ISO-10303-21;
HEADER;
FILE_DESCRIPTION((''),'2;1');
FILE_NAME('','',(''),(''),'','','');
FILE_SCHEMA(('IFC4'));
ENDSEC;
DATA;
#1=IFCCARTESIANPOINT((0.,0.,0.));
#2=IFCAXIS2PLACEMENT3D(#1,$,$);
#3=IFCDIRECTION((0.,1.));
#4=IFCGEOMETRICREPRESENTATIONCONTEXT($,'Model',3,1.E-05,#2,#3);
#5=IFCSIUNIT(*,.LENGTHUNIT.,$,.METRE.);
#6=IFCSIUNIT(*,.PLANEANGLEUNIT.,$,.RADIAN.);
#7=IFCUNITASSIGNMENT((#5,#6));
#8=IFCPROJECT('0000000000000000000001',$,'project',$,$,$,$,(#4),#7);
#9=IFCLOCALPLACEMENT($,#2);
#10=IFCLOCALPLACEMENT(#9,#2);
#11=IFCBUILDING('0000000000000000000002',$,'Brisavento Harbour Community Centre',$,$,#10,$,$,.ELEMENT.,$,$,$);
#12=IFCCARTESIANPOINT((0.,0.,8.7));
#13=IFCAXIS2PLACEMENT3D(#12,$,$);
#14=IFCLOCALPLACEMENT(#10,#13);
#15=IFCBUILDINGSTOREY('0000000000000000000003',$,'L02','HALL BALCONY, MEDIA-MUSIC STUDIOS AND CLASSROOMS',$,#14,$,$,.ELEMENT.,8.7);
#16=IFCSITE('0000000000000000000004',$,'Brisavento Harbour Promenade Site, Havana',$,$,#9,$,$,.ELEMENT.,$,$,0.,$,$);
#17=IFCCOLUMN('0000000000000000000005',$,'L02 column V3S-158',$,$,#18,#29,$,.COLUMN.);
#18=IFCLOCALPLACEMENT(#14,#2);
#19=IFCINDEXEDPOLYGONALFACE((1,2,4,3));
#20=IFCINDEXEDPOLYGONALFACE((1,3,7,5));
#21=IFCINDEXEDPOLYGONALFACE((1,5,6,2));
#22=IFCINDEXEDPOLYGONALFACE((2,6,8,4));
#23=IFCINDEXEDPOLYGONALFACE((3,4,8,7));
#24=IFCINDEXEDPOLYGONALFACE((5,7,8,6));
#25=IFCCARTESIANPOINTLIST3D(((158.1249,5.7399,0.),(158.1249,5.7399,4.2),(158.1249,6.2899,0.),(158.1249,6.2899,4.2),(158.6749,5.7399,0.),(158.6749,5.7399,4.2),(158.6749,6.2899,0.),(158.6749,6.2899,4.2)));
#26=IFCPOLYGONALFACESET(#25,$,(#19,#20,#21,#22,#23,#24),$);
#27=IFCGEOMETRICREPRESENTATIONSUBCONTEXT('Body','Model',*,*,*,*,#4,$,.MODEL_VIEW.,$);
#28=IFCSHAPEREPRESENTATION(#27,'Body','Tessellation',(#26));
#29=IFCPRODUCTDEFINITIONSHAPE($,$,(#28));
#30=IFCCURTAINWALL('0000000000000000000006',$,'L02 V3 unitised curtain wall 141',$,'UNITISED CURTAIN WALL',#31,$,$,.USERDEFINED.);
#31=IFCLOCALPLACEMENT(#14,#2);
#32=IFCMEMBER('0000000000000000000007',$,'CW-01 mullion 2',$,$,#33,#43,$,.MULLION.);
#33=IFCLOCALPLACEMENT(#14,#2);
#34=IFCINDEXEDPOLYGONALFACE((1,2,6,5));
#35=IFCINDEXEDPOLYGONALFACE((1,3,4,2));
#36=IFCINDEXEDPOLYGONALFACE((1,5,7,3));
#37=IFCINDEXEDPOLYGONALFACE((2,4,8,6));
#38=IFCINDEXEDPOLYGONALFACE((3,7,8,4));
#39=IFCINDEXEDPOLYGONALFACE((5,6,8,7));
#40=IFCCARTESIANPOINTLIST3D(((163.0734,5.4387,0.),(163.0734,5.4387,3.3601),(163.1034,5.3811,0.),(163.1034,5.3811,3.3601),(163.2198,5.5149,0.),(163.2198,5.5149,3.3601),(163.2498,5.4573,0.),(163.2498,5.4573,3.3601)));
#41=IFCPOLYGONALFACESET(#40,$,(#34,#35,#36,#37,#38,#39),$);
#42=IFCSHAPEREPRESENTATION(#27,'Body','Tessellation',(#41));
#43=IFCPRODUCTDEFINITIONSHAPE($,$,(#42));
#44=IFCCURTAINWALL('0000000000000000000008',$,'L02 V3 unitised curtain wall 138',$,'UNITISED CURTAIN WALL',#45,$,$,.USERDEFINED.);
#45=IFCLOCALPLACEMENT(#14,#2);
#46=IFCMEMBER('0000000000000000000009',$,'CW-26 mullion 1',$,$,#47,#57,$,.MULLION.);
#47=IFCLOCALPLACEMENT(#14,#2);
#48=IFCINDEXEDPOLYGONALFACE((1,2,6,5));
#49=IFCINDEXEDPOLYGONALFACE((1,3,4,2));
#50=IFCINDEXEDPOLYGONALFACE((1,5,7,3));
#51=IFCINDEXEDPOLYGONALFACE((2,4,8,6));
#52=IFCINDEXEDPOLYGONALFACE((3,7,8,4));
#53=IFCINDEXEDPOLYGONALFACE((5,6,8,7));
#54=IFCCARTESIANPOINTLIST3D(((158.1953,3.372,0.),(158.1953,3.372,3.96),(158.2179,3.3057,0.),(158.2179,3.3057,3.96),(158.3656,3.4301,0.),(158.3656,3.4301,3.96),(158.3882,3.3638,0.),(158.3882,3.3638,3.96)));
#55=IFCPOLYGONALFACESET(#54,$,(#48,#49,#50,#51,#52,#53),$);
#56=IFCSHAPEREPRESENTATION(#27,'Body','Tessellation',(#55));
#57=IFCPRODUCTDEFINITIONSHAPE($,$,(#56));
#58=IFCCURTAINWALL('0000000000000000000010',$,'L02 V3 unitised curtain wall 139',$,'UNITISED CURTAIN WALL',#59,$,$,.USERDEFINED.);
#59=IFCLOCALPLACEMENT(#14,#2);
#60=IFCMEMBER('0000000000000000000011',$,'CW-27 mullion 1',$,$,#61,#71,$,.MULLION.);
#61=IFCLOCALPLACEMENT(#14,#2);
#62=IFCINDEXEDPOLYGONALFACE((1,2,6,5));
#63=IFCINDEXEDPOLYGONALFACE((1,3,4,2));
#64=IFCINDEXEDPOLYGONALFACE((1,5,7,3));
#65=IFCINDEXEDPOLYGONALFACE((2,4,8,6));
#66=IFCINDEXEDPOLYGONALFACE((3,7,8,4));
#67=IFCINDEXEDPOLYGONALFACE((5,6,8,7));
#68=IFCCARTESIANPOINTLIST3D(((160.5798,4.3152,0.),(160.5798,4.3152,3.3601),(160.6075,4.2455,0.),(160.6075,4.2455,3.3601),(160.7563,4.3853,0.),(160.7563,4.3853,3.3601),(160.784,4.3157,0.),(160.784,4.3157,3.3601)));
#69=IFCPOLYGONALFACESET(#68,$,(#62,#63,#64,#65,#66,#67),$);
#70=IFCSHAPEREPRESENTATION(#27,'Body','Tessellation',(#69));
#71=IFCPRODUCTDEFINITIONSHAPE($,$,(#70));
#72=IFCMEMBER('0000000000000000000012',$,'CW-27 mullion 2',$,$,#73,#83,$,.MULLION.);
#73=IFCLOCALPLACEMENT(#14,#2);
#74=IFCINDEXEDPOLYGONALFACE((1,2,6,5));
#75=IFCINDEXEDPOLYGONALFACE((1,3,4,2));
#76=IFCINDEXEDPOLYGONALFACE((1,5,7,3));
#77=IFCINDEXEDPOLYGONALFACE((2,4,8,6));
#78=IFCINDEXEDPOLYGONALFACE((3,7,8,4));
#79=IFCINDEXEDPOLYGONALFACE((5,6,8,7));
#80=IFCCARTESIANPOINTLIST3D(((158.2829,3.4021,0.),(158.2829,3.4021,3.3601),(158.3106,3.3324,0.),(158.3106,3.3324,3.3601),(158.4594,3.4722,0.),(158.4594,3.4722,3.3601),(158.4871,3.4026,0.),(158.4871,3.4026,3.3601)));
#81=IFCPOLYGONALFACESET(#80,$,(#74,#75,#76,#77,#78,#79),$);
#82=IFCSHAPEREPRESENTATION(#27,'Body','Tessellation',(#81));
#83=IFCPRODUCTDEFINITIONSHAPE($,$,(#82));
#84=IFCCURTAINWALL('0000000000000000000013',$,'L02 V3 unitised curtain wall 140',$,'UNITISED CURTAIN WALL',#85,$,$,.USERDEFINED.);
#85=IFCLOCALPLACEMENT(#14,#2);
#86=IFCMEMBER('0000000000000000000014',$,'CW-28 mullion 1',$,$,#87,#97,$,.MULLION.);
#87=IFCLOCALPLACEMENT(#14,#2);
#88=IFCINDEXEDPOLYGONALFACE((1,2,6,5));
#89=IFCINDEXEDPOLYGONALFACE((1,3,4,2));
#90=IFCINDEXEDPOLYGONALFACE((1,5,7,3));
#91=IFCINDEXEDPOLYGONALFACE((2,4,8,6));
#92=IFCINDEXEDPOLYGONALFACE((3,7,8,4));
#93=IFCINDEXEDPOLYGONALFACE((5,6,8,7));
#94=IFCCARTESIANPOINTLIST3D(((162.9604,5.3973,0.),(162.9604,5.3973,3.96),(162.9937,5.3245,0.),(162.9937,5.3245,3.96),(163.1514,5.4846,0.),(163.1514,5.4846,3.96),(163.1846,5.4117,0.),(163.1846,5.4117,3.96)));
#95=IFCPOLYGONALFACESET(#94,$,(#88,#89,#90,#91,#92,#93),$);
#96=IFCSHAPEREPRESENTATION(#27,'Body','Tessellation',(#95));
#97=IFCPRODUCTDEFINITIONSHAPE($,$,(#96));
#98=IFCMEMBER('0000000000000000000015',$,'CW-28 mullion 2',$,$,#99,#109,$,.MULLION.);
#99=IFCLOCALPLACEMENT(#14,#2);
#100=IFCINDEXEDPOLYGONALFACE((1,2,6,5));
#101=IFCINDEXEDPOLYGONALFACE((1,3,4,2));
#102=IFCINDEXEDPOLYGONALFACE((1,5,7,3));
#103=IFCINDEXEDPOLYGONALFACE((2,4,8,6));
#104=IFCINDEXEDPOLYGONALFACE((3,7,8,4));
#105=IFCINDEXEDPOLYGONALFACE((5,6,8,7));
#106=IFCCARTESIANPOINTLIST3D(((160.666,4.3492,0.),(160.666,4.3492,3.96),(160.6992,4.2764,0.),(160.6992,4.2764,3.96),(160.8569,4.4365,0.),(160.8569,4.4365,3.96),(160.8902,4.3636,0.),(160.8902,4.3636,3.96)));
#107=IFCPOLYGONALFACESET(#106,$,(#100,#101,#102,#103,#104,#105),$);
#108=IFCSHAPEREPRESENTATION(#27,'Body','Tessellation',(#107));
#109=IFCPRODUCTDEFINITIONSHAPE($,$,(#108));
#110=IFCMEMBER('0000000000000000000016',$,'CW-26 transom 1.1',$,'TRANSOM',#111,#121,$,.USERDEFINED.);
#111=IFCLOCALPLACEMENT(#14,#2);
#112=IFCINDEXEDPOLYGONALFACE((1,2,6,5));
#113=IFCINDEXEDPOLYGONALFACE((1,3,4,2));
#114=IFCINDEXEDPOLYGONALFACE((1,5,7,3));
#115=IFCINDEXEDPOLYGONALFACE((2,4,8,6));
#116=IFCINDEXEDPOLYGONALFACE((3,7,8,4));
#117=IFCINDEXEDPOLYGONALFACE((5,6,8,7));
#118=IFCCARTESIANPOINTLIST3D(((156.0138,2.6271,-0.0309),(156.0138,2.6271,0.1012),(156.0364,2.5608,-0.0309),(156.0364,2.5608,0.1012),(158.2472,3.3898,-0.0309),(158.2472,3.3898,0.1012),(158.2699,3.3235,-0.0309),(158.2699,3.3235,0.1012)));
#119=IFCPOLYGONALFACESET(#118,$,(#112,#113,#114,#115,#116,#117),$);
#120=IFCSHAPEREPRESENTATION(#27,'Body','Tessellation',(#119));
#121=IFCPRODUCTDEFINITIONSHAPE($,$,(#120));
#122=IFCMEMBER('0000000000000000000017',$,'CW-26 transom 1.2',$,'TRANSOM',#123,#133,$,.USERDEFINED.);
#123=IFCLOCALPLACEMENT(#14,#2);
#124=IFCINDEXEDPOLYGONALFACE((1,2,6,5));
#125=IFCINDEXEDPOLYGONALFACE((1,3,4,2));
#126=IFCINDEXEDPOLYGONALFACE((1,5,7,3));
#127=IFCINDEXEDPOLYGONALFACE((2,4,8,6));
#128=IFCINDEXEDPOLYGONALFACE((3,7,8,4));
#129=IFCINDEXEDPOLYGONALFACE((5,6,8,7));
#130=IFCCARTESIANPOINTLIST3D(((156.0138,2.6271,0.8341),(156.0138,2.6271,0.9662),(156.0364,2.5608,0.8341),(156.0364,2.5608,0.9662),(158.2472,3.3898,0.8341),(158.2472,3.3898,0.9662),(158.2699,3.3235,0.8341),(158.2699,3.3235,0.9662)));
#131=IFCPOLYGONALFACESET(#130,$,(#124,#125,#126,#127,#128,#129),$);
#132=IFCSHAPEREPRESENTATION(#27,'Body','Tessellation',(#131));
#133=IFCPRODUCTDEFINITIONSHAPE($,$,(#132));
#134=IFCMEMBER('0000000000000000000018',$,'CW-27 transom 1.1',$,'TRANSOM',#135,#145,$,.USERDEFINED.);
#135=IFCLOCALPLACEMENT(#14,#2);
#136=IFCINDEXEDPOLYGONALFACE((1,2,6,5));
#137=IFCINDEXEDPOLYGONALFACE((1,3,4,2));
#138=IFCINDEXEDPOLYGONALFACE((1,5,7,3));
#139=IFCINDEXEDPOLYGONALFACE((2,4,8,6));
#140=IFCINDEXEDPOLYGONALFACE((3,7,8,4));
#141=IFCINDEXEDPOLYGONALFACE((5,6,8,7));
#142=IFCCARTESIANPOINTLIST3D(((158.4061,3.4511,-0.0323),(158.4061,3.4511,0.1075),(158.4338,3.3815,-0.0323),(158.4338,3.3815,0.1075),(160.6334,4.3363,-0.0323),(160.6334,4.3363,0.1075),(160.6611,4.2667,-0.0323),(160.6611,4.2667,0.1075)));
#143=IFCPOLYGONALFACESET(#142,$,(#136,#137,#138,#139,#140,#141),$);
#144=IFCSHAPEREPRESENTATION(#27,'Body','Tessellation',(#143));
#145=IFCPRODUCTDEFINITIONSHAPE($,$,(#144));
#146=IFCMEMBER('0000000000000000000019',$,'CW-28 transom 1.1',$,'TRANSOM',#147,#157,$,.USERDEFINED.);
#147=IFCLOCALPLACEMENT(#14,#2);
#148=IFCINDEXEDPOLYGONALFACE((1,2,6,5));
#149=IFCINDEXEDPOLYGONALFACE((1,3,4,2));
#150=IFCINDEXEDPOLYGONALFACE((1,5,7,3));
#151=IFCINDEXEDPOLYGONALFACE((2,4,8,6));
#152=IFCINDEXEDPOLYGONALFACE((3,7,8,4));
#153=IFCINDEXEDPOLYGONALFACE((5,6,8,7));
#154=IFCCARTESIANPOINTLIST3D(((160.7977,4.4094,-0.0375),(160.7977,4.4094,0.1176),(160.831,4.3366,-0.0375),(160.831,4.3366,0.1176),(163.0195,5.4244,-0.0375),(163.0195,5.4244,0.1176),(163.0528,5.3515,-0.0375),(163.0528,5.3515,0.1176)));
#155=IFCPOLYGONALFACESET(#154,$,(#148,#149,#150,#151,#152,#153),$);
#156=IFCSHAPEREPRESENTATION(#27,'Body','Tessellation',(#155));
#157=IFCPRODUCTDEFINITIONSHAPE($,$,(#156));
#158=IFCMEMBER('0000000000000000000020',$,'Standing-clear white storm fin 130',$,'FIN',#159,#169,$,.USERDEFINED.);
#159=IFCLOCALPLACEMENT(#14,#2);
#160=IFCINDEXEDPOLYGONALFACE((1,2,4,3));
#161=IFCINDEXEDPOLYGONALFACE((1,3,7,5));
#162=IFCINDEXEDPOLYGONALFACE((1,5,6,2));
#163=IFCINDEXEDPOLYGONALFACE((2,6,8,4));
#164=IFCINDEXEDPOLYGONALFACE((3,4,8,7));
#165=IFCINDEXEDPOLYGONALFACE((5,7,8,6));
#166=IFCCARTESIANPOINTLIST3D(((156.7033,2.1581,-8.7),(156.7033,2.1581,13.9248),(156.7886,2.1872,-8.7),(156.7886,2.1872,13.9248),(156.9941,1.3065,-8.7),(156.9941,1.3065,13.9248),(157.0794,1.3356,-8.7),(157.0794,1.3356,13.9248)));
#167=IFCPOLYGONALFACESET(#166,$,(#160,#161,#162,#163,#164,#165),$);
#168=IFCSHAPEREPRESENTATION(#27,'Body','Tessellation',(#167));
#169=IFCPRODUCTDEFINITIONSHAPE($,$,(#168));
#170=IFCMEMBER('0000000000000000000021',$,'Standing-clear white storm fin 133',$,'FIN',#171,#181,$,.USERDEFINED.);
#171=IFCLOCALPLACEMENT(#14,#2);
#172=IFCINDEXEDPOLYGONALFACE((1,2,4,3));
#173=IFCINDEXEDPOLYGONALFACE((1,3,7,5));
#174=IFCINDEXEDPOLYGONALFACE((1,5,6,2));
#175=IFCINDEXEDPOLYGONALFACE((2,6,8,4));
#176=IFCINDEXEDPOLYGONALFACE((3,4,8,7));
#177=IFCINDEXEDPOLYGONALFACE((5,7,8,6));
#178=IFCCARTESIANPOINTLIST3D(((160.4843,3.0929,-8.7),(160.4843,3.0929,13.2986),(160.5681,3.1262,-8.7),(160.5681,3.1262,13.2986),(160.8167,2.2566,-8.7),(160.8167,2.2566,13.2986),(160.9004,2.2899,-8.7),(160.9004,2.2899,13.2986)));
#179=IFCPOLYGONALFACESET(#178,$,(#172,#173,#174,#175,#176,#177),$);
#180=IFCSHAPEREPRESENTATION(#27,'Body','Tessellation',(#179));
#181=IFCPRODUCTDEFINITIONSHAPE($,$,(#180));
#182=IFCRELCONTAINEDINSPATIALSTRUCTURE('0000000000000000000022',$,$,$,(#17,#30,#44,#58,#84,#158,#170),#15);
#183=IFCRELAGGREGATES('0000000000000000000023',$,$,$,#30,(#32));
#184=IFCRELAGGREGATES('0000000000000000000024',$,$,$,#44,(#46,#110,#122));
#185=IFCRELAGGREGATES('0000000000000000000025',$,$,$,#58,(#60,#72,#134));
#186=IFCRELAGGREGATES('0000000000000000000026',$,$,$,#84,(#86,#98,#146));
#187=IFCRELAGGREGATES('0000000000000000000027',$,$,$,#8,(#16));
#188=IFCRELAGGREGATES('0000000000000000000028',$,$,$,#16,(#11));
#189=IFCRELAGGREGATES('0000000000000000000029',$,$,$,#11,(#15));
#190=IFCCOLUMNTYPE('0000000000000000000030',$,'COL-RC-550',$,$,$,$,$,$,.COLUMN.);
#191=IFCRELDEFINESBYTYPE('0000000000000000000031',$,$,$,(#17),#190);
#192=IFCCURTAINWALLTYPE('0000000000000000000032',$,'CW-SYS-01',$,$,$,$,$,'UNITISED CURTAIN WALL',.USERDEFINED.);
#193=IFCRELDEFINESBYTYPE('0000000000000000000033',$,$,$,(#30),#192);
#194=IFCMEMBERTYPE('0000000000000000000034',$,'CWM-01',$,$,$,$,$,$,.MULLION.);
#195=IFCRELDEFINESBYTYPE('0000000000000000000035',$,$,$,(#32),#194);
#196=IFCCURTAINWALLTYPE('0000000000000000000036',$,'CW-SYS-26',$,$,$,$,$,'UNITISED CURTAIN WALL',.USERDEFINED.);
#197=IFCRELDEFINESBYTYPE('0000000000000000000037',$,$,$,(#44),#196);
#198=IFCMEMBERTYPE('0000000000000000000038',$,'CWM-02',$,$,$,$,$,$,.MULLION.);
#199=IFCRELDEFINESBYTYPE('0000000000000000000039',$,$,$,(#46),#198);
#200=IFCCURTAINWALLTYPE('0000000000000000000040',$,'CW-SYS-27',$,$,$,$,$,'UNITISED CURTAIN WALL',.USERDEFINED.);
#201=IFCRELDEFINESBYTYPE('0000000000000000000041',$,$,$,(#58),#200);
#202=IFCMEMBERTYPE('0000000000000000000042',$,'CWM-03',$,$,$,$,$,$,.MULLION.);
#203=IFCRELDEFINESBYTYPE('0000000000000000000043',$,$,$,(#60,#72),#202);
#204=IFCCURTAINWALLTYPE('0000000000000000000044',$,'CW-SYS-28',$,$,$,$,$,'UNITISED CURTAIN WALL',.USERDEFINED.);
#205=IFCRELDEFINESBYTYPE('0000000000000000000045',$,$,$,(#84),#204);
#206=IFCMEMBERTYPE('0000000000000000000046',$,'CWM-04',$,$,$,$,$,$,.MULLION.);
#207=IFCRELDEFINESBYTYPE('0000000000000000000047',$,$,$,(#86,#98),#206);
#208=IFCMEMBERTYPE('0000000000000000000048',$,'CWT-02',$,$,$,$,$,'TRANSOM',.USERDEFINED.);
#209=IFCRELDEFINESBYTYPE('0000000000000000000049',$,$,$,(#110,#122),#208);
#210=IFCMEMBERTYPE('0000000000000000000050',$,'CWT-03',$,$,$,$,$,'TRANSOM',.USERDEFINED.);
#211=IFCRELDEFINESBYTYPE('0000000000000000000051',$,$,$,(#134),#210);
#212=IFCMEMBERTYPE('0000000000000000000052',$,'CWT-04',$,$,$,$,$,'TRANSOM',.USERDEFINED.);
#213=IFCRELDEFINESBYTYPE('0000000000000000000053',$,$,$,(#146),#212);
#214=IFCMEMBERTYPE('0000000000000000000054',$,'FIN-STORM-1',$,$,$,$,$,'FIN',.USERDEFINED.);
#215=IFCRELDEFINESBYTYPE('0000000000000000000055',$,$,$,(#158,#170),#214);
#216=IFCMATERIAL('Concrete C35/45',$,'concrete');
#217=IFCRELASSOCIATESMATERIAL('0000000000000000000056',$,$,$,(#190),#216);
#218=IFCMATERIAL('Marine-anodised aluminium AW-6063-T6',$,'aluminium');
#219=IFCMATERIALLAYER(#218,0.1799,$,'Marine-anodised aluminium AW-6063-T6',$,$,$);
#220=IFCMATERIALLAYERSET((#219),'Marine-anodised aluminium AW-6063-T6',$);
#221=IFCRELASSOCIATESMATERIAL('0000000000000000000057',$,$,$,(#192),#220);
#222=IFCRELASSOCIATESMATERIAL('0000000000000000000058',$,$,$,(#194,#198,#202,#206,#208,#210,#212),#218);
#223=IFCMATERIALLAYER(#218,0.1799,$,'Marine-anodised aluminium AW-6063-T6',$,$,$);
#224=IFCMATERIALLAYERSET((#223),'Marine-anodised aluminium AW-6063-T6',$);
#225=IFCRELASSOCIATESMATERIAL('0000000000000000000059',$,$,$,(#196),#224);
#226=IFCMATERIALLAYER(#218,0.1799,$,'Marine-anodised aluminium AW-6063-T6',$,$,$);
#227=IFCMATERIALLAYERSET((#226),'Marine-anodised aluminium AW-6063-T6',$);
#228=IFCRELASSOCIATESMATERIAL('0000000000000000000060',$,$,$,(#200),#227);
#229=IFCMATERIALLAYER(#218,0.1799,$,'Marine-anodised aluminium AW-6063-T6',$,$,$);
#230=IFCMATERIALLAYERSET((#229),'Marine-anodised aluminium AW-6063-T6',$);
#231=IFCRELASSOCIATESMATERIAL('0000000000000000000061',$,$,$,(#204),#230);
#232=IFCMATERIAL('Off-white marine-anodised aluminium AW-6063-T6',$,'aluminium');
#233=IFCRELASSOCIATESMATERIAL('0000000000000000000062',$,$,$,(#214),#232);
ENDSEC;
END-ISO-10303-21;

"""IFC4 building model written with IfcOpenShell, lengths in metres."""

from ifc_helpers import new_model, si_unit, direction, frame, origin, origin_2d, place, context, subcontext, project, spatial, rectangle, extrude, material, layer, layer_set, material_profile, profile_set, type_object, element, aggregate, save


model = new_model("IFC4")

# Units and contexts
model_context = context("Model", 3, precision=1e-05, world=origin(), true_north=direction((0.0, 1.0)))
body_context = subcontext(model_context, "Body", "Model", "MODEL_VIEW")
ifc_project = project(units=[si_unit("LENGTHUNIT", "METRE"), si_unit("PLANEANGLEUNIT", "RADIAN")], contexts=[model_context])

# Site, building, storey
site_placement = place(None, origin())
site = spatial("IfcSite", under=ifc_project, at=site_placement, Name="Brisavento Harbour Promenade Site, Havana", CompositionType="ELEMENT", RefElevation=0.0)
building_placement = place(site_placement, origin())
building = spatial("IfcBuilding", under=site, at=building_placement, Name="Brisavento Harbour Community Centre", CompositionType="ELEMENT")
storey_placement = place(building_placement, frame((0.0, 0.0, 8.7)))
storey = spatial("IfcBuildingStorey", under=building, at=storey_placement, Name="L02", Description="HALL BALCONY, MEDIA-MUSIC STUDIOS AND CLASSROOMS", CompositionType="ELEMENT", Elevation=8.7)

# Column
ifc_material_1 = material(Name="Concrete C35/45", Category="concrete")
ifc_material_profile_1 = material_profile(ifc_material_1, rectangle(XDim=0.55, YDim=0.55, at=origin_2d()), Name="Concrete C35/45")
ifc_profile_set_1 = profile_set([ifc_material_profile_1], Name="Concrete C35/45")
column_type = type_object("IfcColumnType", Name="COL-RC-550", PredefinedType="COLUMN", material=ifc_profile_set_1)
column_placement = place(storey_placement, frame((158.3999, 6.0149, 0.0), z_axis=(0.0, 0.0, 1.0), x_axis=(1.0, 0.0, 0.0)))
element("IfcColumn", 1, at=column_placement, inside=storey, type_object=column_type, Name="L02 column V3S-158", PredefinedType="COLUMN", context=body_context, shape_type="SweptSolid", body=[
    extrude(rectangle(XDim=0.55, YDim=0.55, at=origin_2d()), origin(), (0.0, 0.0, 1.0), 4.2),
])

# Curtain walls, members
ifc_material_2 = material(Name="Marine-anodised aluminium AW-6063-T6", Category="aluminium")
ifc_layer_1 = layer(ifc_material_2, 0.1799, Name="Marine-anodised aluminium AW-6063-T6")
ifc_layer_set_1 = layer_set([ifc_layer_1], Name="Marine-anodised aluminium AW-6063-T6")
curtain_wall_type_1 = type_object("IfcCurtainWallType", Name="CW-SYS-01", ElementType="UNITISED CURTAIN WALL", PredefinedType="USERDEFINED", material=ifc_layer_set_1)
curtain_wall_1_placement = place(storey_placement, origin())
curtain_wall_1 = element("IfcCurtainWall", 2, at=curtain_wall_1_placement, inside=storey, type_object=curtain_wall_type_1, Name="L02 V3 unitised curtain wall 141", ObjectType="UNITISED CURTAIN WALL", PredefinedType="USERDEFINED")
ifc_material_profile_2 = material_profile(ifc_material_2, rectangle(XDim=0.0649, YDim=0.165, at=origin_2d()), Name="Marine-anodised aluminium AW-6063-T6")
ifc_profile_set_2 = profile_set([ifc_material_profile_2], Name="Marine-anodised aluminium AW-6063-T6")
member_type_1 = type_object("IfcMemberType", Name="CWM-01", PredefinedType="MULLION", material=ifc_profile_set_2)
member_1_placement = place(storey_placement, frame((163.1616, 5.448, 0.0), z_axis=(0.0, 0.0, 1.0), x_axis=(0.461718, -0.887027, 0.0)))
member_1 = element("IfcMember", 3, at=member_1_placement, type_object=member_type_1, Name="CW-01 mullion 2", PredefinedType="MULLION", context=body_context, shape_type="SweptSolid", body=[
    extrude(rectangle(XDim=0.0649, YDim=0.165, at=origin_2d()), origin(), (0.0, 0.0, 1.0), 3.3601),
])
ifc_layer_2 = layer(ifc_material_2, 0.1799, Name="Marine-anodised aluminium AW-6063-T6")
ifc_layer_set_2 = layer_set([ifc_layer_2], Name="Marine-anodised aluminium AW-6063-T6")
curtain_wall_type_2 = type_object("IfcCurtainWallType", Name="CW-SYS-26", ElementType="UNITISED CURTAIN WALL", PredefinedType="USERDEFINED", material=ifc_layer_set_2)
curtain_wall_2_placement = place(storey_placement, origin())
curtain_wall_2 = element("IfcCurtainWall", 4, at=curtain_wall_2_placement, inside=storey, type_object=curtain_wall_type_2, Name="L02 V3 unitised curtain wall 138", ObjectType="UNITISED CURTAIN WALL", PredefinedType="USERDEFINED")
ifc_material_profile_3 = material_profile(ifc_material_2, rectangle(XDim=0.0701, YDim=0.1799, at=origin_2d()), Name="Marine-anodised aluminium AW-6063-T6")
ifc_profile_set_3 = profile_set([ifc_material_profile_3], Name="Marine-anodised aluminium AW-6063-T6")
member_type_2 = type_object("IfcMemberType", Name="CWM-02", PredefinedType="MULLION", material=ifc_profile_set_3)
member_2_placement = place(storey_placement, frame((158.2917, 3.3679, 0.0), z_axis=(0.0, 0.0, 1.0), x_axis=(0.323179, -0.946338, 0.0)))
member_2 = element("IfcMember", 5, at=member_2_placement, type_object=member_type_2, Name="CW-26 mullion 1", PredefinedType="MULLION", context=body_context, shape_type="SweptSolid", body=[
    extrude(rectangle(XDim=0.0701, YDim=0.1799, at=origin_2d()), origin(), (0.0, 0.0, 1.0), 3.96),
])

# Curtain walls, members
ifc_layer_3 = layer(ifc_material_2, 0.1799, Name="Marine-anodised aluminium AW-6063-T6")
ifc_layer_set_3 = layer_set([ifc_layer_3], Name="Marine-anodised aluminium AW-6063-T6")
curtain_wall_type_3 = type_object("IfcCurtainWallType", Name="CW-SYS-27", ElementType="UNITISED CURTAIN WALL", PredefinedType="USERDEFINED", material=ifc_layer_set_3)
curtain_wall_3_placement = place(storey_placement, origin())
curtain_wall_3 = element("IfcCurtainWall", 6, at=curtain_wall_3_placement, inside=storey, type_object=curtain_wall_type_3, Name="L02 V3 unitised curtain wall 139", ObjectType="UNITISED CURTAIN WALL", PredefinedType="USERDEFINED")
ifc_material_profile_4 = material_profile(ifc_material_2, rectangle(XDim=0.075, YDim=0.1899, at=origin_2d()), Name="Marine-anodised aluminium AW-6063-T6")
ifc_profile_set_4 = profile_set([ifc_material_profile_4], Name="Marine-anodised aluminium AW-6063-T6")
member_type_3 = type_object("IfcMemberType", Name="CWM-03", PredefinedType="MULLION", material=ifc_profile_set_4)
member_3_placement = place(storey_placement, frame((160.6819, 4.3154, 0.0), z_axis=(0.0, 0.0, 1.0), x_axis=(0.369379, -0.929279, 0.0)))
member_3 = element("IfcMember", 7, at=member_3_placement, type_object=member_type_3, Name="CW-27 mullion 1", PredefinedType="MULLION", context=body_context, shape_type="SweptSolid", body=[
    extrude(rectangle(XDim=0.075, YDim=0.1899, at=origin_2d()), origin(), (0.0, 0.0, 1.0), 3.3601),
])
member_4_placement = place(storey_placement, frame((158.385, 3.4023, 0.0), z_axis=(0.0, 0.0, 1.0), x_axis=(0.369379, -0.929279, 0.0)))
member_4 = element("IfcMember", 8, at=member_4_placement, type_object=member_type_3, Name="CW-27 mullion 2", PredefinedType="MULLION", context=body_context, shape_type="SweptSolid", body=[
    extrude(rectangle(XDim=0.075, YDim=0.1899, at=origin_2d()), origin(), (0.0, 0.0, 1.0), 3.3601),
])
ifc_layer_4 = layer(ifc_material_2, 0.1799, Name="Marine-anodised aluminium AW-6063-T6")
ifc_layer_set_4 = layer_set([ifc_layer_4], Name="Marine-anodised aluminium AW-6063-T6")
curtain_wall_type_4 = type_object("IfcCurtainWallType", Name="CW-SYS-28", ElementType="UNITISED CURTAIN WALL", PredefinedType="USERDEFINED", material=ifc_layer_set_4)
curtain_wall_4_placement = place(storey_placement, origin())
curtain_wall_4 = element("IfcCurtainWall", 9, at=curtain_wall_4_placement, inside=storey, type_object=curtain_wall_type_4, Name="L02 V3 unitised curtain wall 140", ObjectType="UNITISED CURTAIN WALL", PredefinedType="USERDEFINED")
ifc_material_profile_5 = material_profile(ifc_material_2, rectangle(XDim=0.0801, YDim=0.21, at=origin_2d()), Name="Marine-anodised aluminium AW-6063-T6")
ifc_profile_set_5 = profile_set([ifc_material_profile_5], Name="Marine-anodised aluminium AW-6063-T6")
member_type_4 = type_object("IfcMemberType", Name="CWM-04", PredefinedType="MULLION", material=ifc_profile_set_5)
member_5_placement = place(storey_placement, frame((163.0725, 5.4045, 0.0), z_axis=(0.0, 0.0, 1.0), x_axis=(0.41549, -0.909598, 0.0)))
member_5 = element("IfcMember", 10, at=member_5_placement, type_object=member_type_4, Name="CW-28 mullion 1", PredefinedType="MULLION", context=body_context, shape_type="SweptSolid", body=[
    extrude(rectangle(XDim=0.0801, YDim=0.21, at=origin_2d()), origin(), (0.0, 0.0, 1.0), 3.96),
])
member_6_placement = place(storey_placement, frame((160.7781, 4.3564, 0.0), z_axis=(0.0, 0.0, 1.0), x_axis=(0.41549, -0.909598, 0.0)))
member_6 = element("IfcMember", 11, at=member_6_placement, type_object=member_type_4, Name="CW-28 mullion 2", PredefinedType="MULLION", context=body_context, shape_type="SweptSolid", body=[
    extrude(rectangle(XDim=0.0801, YDim=0.21, at=origin_2d()), origin(), (0.0, 0.0, 1.0), 3.96),
])

# Members
ifc_material_profile_6 = material_profile(ifc_material_2, rectangle(XDim=0.0701, YDim=0.1321, at=origin_2d()), Name="Marine-anodised aluminium AW-6063-T6")
ifc_profile_set_6 = profile_set([ifc_material_profile_6], Name="Marine-anodised aluminium AW-6063-T6")
member_type_5 = type_object("IfcMemberType", Name="CWT-02", ElementType="TRANSOM", PredefinedType="USERDEFINED", material=ifc_profile_set_6)
member_7_placement = place(storey_placement, frame((158.2585, 3.3567, 0.0352), z_axis=(-0.946341, -0.323171, 0.0), x_axis=(0.323171, -0.946341, 0.0)))
member_7 = element("IfcMember", 12, at=member_7_placement, type_object=member_type_5, Name="CW-26 transom 1.1", ObjectType="TRANSOM", PredefinedType="USERDEFINED", context=body_context, shape_type="SweptSolid", body=[
    extrude(rectangle(XDim=0.0701, YDim=0.1321, at=origin_2d()), origin(), (0.0, 0.0, 1.0), 2.3601),
])
member_8_placement = place(storey_placement, frame((158.2585, 3.3567, 0.9001), z_axis=(-0.946341, -0.323171, 0.0), x_axis=(0.323171, -0.946341, 0.0)))
member_8 = element("IfcMember", 13, at=member_8_placement, type_object=member_type_5, Name="CW-26 transom 1.2", ObjectType="TRANSOM", PredefinedType="USERDEFINED", context=body_context, shape_type="SweptSolid", body=[
    extrude(rectangle(XDim=0.0701, YDim=0.1321, at=origin_2d()), origin(), (0.0, 0.0, 1.0), 2.3601),
])
ifc_material_profile_7 = material_profile(ifc_material_2, rectangle(XDim=0.075, YDim=0.1399, at=origin_2d()), Name="Marine-anodised aluminium AW-6063-T6")
ifc_profile_set_7 = profile_set([ifc_material_profile_7], Name="Marine-anodised aluminium AW-6063-T6")
member_type_6 = type_object("IfcMemberType", Name="CWT-03", ElementType="TRANSOM", PredefinedType="USERDEFINED", material=ifc_profile_set_7)
member_9_placement = place(storey_placement, frame((160.6472, 4.3015, 0.0376), z_axis=(-0.929289, -0.369353, 0.0), x_axis=(0.369353, -0.929289, 0.0)))
member_9 = element("IfcMember", 14, at=member_9_placement, type_object=member_type_6, Name="CW-27 transom 1.1", ObjectType="TRANSOM", PredefinedType="USERDEFINED", context=body_context, shape_type="SweptSolid", body=[
    extrude(rectangle(XDim=0.075, YDim=0.1399, at=origin_2d()), origin(), (0.0, 0.0, 1.0), 2.3967),
])
ifc_material_profile_8 = material_profile(ifc_material_2, rectangle(XDim=0.0801, YDim=0.155, at=origin_2d()), Name="Marine-anodised aluminium AW-6063-T6")
ifc_profile_set_8 = profile_set([ifc_material_profile_8], Name="Marine-anodised aluminium AW-6063-T6")
member_type_7 = type_object("IfcMemberType", Name="CWT-04", ElementType="TRANSOM", PredefinedType="USERDEFINED", material=ifc_profile_set_8)
member_10_placement = place(storey_placement, frame((163.0361, 5.3879, 0.04), z_axis=(-0.909588, -0.415512, 0.0), x_axis=(0.415512, -0.909588, 0.0)))
member_10 = element("IfcMember", 15, at=member_10_placement, type_object=member_type_7, Name="CW-28 transom 1.1", ObjectType="TRANSOM", PredefinedType="USERDEFINED", context=body_context, shape_type="SweptSolid", body=[
    extrude(rectangle(XDim=0.0801, YDim=0.155, at=origin_2d()), origin(), (0.0, 0.0, 1.0), 2.4426),
])

# Members
ifc_material_3 = material(Name="Off-white marine-anodised aluminium AW-6063-T6", Category="aluminium")
ifc_material_profile_9 = material_profile(ifc_material_3, rectangle(XDim=0.0901, YDim=0.8999, at=origin_2d()), Name="Off-white marine-anodised aluminium AW-6063-T6")
ifc_profile_set_9 = profile_set([ifc_material_profile_9], Name="Off-white marine-anodised aluminium AW-6063-T6")
member_type_8 = type_object("IfcMemberType", Name="FIN-STORM-1", ElementType="FIN", PredefinedType="USERDEFINED", material=ifc_profile_set_9)
member_11_placement = place(storey_placement, frame((156.8914, 1.7468, -8.7), z_axis=(0.0, 0.0, 1.0), x_axis=(-0.946339, -0.323174, 0.0)))
element("IfcMember", 16, at=member_11_placement, inside=storey, type_object=member_type_8, Name="Standing-clear white storm fin 130", ObjectType="FIN", PredefinedType="USERDEFINED", context=body_context, shape_type="SweptSolid", body=[
    extrude(rectangle(XDim=0.0901, YDim=0.8999, at=origin_2d()), origin(), (0.0, 0.0, 1.0), 22.6248),
])
member_12_placement = place(storey_placement, frame((160.6924, 2.6914, -8.7), z_axis=(0.0, 0.0, 1.0), x_axis=(-0.929294, -0.369341, 0.0)))
element("IfcMember", 17, at=member_12_placement, inside=storey, type_object=member_type_8, Name="Standing-clear white storm fin 133", ObjectType="FIN", PredefinedType="USERDEFINED", context=body_context, shape_type="SweptSolid", body=[
    extrude(rectangle(XDim=0.0901, YDim=0.8999, at=origin_2d()), origin(), (0.0, 0.0, 1.0), 21.9985),
])

aggregate(curtain_wall_1, [member_1])
aggregate(curtain_wall_2, [member_2, member_7, member_8])
aggregate(curtain_wall_3, [member_3, member_4, member_9])
aggregate(curtain_wall_4, [member_5, member_6, member_10])

save(model, "model.ifc")
